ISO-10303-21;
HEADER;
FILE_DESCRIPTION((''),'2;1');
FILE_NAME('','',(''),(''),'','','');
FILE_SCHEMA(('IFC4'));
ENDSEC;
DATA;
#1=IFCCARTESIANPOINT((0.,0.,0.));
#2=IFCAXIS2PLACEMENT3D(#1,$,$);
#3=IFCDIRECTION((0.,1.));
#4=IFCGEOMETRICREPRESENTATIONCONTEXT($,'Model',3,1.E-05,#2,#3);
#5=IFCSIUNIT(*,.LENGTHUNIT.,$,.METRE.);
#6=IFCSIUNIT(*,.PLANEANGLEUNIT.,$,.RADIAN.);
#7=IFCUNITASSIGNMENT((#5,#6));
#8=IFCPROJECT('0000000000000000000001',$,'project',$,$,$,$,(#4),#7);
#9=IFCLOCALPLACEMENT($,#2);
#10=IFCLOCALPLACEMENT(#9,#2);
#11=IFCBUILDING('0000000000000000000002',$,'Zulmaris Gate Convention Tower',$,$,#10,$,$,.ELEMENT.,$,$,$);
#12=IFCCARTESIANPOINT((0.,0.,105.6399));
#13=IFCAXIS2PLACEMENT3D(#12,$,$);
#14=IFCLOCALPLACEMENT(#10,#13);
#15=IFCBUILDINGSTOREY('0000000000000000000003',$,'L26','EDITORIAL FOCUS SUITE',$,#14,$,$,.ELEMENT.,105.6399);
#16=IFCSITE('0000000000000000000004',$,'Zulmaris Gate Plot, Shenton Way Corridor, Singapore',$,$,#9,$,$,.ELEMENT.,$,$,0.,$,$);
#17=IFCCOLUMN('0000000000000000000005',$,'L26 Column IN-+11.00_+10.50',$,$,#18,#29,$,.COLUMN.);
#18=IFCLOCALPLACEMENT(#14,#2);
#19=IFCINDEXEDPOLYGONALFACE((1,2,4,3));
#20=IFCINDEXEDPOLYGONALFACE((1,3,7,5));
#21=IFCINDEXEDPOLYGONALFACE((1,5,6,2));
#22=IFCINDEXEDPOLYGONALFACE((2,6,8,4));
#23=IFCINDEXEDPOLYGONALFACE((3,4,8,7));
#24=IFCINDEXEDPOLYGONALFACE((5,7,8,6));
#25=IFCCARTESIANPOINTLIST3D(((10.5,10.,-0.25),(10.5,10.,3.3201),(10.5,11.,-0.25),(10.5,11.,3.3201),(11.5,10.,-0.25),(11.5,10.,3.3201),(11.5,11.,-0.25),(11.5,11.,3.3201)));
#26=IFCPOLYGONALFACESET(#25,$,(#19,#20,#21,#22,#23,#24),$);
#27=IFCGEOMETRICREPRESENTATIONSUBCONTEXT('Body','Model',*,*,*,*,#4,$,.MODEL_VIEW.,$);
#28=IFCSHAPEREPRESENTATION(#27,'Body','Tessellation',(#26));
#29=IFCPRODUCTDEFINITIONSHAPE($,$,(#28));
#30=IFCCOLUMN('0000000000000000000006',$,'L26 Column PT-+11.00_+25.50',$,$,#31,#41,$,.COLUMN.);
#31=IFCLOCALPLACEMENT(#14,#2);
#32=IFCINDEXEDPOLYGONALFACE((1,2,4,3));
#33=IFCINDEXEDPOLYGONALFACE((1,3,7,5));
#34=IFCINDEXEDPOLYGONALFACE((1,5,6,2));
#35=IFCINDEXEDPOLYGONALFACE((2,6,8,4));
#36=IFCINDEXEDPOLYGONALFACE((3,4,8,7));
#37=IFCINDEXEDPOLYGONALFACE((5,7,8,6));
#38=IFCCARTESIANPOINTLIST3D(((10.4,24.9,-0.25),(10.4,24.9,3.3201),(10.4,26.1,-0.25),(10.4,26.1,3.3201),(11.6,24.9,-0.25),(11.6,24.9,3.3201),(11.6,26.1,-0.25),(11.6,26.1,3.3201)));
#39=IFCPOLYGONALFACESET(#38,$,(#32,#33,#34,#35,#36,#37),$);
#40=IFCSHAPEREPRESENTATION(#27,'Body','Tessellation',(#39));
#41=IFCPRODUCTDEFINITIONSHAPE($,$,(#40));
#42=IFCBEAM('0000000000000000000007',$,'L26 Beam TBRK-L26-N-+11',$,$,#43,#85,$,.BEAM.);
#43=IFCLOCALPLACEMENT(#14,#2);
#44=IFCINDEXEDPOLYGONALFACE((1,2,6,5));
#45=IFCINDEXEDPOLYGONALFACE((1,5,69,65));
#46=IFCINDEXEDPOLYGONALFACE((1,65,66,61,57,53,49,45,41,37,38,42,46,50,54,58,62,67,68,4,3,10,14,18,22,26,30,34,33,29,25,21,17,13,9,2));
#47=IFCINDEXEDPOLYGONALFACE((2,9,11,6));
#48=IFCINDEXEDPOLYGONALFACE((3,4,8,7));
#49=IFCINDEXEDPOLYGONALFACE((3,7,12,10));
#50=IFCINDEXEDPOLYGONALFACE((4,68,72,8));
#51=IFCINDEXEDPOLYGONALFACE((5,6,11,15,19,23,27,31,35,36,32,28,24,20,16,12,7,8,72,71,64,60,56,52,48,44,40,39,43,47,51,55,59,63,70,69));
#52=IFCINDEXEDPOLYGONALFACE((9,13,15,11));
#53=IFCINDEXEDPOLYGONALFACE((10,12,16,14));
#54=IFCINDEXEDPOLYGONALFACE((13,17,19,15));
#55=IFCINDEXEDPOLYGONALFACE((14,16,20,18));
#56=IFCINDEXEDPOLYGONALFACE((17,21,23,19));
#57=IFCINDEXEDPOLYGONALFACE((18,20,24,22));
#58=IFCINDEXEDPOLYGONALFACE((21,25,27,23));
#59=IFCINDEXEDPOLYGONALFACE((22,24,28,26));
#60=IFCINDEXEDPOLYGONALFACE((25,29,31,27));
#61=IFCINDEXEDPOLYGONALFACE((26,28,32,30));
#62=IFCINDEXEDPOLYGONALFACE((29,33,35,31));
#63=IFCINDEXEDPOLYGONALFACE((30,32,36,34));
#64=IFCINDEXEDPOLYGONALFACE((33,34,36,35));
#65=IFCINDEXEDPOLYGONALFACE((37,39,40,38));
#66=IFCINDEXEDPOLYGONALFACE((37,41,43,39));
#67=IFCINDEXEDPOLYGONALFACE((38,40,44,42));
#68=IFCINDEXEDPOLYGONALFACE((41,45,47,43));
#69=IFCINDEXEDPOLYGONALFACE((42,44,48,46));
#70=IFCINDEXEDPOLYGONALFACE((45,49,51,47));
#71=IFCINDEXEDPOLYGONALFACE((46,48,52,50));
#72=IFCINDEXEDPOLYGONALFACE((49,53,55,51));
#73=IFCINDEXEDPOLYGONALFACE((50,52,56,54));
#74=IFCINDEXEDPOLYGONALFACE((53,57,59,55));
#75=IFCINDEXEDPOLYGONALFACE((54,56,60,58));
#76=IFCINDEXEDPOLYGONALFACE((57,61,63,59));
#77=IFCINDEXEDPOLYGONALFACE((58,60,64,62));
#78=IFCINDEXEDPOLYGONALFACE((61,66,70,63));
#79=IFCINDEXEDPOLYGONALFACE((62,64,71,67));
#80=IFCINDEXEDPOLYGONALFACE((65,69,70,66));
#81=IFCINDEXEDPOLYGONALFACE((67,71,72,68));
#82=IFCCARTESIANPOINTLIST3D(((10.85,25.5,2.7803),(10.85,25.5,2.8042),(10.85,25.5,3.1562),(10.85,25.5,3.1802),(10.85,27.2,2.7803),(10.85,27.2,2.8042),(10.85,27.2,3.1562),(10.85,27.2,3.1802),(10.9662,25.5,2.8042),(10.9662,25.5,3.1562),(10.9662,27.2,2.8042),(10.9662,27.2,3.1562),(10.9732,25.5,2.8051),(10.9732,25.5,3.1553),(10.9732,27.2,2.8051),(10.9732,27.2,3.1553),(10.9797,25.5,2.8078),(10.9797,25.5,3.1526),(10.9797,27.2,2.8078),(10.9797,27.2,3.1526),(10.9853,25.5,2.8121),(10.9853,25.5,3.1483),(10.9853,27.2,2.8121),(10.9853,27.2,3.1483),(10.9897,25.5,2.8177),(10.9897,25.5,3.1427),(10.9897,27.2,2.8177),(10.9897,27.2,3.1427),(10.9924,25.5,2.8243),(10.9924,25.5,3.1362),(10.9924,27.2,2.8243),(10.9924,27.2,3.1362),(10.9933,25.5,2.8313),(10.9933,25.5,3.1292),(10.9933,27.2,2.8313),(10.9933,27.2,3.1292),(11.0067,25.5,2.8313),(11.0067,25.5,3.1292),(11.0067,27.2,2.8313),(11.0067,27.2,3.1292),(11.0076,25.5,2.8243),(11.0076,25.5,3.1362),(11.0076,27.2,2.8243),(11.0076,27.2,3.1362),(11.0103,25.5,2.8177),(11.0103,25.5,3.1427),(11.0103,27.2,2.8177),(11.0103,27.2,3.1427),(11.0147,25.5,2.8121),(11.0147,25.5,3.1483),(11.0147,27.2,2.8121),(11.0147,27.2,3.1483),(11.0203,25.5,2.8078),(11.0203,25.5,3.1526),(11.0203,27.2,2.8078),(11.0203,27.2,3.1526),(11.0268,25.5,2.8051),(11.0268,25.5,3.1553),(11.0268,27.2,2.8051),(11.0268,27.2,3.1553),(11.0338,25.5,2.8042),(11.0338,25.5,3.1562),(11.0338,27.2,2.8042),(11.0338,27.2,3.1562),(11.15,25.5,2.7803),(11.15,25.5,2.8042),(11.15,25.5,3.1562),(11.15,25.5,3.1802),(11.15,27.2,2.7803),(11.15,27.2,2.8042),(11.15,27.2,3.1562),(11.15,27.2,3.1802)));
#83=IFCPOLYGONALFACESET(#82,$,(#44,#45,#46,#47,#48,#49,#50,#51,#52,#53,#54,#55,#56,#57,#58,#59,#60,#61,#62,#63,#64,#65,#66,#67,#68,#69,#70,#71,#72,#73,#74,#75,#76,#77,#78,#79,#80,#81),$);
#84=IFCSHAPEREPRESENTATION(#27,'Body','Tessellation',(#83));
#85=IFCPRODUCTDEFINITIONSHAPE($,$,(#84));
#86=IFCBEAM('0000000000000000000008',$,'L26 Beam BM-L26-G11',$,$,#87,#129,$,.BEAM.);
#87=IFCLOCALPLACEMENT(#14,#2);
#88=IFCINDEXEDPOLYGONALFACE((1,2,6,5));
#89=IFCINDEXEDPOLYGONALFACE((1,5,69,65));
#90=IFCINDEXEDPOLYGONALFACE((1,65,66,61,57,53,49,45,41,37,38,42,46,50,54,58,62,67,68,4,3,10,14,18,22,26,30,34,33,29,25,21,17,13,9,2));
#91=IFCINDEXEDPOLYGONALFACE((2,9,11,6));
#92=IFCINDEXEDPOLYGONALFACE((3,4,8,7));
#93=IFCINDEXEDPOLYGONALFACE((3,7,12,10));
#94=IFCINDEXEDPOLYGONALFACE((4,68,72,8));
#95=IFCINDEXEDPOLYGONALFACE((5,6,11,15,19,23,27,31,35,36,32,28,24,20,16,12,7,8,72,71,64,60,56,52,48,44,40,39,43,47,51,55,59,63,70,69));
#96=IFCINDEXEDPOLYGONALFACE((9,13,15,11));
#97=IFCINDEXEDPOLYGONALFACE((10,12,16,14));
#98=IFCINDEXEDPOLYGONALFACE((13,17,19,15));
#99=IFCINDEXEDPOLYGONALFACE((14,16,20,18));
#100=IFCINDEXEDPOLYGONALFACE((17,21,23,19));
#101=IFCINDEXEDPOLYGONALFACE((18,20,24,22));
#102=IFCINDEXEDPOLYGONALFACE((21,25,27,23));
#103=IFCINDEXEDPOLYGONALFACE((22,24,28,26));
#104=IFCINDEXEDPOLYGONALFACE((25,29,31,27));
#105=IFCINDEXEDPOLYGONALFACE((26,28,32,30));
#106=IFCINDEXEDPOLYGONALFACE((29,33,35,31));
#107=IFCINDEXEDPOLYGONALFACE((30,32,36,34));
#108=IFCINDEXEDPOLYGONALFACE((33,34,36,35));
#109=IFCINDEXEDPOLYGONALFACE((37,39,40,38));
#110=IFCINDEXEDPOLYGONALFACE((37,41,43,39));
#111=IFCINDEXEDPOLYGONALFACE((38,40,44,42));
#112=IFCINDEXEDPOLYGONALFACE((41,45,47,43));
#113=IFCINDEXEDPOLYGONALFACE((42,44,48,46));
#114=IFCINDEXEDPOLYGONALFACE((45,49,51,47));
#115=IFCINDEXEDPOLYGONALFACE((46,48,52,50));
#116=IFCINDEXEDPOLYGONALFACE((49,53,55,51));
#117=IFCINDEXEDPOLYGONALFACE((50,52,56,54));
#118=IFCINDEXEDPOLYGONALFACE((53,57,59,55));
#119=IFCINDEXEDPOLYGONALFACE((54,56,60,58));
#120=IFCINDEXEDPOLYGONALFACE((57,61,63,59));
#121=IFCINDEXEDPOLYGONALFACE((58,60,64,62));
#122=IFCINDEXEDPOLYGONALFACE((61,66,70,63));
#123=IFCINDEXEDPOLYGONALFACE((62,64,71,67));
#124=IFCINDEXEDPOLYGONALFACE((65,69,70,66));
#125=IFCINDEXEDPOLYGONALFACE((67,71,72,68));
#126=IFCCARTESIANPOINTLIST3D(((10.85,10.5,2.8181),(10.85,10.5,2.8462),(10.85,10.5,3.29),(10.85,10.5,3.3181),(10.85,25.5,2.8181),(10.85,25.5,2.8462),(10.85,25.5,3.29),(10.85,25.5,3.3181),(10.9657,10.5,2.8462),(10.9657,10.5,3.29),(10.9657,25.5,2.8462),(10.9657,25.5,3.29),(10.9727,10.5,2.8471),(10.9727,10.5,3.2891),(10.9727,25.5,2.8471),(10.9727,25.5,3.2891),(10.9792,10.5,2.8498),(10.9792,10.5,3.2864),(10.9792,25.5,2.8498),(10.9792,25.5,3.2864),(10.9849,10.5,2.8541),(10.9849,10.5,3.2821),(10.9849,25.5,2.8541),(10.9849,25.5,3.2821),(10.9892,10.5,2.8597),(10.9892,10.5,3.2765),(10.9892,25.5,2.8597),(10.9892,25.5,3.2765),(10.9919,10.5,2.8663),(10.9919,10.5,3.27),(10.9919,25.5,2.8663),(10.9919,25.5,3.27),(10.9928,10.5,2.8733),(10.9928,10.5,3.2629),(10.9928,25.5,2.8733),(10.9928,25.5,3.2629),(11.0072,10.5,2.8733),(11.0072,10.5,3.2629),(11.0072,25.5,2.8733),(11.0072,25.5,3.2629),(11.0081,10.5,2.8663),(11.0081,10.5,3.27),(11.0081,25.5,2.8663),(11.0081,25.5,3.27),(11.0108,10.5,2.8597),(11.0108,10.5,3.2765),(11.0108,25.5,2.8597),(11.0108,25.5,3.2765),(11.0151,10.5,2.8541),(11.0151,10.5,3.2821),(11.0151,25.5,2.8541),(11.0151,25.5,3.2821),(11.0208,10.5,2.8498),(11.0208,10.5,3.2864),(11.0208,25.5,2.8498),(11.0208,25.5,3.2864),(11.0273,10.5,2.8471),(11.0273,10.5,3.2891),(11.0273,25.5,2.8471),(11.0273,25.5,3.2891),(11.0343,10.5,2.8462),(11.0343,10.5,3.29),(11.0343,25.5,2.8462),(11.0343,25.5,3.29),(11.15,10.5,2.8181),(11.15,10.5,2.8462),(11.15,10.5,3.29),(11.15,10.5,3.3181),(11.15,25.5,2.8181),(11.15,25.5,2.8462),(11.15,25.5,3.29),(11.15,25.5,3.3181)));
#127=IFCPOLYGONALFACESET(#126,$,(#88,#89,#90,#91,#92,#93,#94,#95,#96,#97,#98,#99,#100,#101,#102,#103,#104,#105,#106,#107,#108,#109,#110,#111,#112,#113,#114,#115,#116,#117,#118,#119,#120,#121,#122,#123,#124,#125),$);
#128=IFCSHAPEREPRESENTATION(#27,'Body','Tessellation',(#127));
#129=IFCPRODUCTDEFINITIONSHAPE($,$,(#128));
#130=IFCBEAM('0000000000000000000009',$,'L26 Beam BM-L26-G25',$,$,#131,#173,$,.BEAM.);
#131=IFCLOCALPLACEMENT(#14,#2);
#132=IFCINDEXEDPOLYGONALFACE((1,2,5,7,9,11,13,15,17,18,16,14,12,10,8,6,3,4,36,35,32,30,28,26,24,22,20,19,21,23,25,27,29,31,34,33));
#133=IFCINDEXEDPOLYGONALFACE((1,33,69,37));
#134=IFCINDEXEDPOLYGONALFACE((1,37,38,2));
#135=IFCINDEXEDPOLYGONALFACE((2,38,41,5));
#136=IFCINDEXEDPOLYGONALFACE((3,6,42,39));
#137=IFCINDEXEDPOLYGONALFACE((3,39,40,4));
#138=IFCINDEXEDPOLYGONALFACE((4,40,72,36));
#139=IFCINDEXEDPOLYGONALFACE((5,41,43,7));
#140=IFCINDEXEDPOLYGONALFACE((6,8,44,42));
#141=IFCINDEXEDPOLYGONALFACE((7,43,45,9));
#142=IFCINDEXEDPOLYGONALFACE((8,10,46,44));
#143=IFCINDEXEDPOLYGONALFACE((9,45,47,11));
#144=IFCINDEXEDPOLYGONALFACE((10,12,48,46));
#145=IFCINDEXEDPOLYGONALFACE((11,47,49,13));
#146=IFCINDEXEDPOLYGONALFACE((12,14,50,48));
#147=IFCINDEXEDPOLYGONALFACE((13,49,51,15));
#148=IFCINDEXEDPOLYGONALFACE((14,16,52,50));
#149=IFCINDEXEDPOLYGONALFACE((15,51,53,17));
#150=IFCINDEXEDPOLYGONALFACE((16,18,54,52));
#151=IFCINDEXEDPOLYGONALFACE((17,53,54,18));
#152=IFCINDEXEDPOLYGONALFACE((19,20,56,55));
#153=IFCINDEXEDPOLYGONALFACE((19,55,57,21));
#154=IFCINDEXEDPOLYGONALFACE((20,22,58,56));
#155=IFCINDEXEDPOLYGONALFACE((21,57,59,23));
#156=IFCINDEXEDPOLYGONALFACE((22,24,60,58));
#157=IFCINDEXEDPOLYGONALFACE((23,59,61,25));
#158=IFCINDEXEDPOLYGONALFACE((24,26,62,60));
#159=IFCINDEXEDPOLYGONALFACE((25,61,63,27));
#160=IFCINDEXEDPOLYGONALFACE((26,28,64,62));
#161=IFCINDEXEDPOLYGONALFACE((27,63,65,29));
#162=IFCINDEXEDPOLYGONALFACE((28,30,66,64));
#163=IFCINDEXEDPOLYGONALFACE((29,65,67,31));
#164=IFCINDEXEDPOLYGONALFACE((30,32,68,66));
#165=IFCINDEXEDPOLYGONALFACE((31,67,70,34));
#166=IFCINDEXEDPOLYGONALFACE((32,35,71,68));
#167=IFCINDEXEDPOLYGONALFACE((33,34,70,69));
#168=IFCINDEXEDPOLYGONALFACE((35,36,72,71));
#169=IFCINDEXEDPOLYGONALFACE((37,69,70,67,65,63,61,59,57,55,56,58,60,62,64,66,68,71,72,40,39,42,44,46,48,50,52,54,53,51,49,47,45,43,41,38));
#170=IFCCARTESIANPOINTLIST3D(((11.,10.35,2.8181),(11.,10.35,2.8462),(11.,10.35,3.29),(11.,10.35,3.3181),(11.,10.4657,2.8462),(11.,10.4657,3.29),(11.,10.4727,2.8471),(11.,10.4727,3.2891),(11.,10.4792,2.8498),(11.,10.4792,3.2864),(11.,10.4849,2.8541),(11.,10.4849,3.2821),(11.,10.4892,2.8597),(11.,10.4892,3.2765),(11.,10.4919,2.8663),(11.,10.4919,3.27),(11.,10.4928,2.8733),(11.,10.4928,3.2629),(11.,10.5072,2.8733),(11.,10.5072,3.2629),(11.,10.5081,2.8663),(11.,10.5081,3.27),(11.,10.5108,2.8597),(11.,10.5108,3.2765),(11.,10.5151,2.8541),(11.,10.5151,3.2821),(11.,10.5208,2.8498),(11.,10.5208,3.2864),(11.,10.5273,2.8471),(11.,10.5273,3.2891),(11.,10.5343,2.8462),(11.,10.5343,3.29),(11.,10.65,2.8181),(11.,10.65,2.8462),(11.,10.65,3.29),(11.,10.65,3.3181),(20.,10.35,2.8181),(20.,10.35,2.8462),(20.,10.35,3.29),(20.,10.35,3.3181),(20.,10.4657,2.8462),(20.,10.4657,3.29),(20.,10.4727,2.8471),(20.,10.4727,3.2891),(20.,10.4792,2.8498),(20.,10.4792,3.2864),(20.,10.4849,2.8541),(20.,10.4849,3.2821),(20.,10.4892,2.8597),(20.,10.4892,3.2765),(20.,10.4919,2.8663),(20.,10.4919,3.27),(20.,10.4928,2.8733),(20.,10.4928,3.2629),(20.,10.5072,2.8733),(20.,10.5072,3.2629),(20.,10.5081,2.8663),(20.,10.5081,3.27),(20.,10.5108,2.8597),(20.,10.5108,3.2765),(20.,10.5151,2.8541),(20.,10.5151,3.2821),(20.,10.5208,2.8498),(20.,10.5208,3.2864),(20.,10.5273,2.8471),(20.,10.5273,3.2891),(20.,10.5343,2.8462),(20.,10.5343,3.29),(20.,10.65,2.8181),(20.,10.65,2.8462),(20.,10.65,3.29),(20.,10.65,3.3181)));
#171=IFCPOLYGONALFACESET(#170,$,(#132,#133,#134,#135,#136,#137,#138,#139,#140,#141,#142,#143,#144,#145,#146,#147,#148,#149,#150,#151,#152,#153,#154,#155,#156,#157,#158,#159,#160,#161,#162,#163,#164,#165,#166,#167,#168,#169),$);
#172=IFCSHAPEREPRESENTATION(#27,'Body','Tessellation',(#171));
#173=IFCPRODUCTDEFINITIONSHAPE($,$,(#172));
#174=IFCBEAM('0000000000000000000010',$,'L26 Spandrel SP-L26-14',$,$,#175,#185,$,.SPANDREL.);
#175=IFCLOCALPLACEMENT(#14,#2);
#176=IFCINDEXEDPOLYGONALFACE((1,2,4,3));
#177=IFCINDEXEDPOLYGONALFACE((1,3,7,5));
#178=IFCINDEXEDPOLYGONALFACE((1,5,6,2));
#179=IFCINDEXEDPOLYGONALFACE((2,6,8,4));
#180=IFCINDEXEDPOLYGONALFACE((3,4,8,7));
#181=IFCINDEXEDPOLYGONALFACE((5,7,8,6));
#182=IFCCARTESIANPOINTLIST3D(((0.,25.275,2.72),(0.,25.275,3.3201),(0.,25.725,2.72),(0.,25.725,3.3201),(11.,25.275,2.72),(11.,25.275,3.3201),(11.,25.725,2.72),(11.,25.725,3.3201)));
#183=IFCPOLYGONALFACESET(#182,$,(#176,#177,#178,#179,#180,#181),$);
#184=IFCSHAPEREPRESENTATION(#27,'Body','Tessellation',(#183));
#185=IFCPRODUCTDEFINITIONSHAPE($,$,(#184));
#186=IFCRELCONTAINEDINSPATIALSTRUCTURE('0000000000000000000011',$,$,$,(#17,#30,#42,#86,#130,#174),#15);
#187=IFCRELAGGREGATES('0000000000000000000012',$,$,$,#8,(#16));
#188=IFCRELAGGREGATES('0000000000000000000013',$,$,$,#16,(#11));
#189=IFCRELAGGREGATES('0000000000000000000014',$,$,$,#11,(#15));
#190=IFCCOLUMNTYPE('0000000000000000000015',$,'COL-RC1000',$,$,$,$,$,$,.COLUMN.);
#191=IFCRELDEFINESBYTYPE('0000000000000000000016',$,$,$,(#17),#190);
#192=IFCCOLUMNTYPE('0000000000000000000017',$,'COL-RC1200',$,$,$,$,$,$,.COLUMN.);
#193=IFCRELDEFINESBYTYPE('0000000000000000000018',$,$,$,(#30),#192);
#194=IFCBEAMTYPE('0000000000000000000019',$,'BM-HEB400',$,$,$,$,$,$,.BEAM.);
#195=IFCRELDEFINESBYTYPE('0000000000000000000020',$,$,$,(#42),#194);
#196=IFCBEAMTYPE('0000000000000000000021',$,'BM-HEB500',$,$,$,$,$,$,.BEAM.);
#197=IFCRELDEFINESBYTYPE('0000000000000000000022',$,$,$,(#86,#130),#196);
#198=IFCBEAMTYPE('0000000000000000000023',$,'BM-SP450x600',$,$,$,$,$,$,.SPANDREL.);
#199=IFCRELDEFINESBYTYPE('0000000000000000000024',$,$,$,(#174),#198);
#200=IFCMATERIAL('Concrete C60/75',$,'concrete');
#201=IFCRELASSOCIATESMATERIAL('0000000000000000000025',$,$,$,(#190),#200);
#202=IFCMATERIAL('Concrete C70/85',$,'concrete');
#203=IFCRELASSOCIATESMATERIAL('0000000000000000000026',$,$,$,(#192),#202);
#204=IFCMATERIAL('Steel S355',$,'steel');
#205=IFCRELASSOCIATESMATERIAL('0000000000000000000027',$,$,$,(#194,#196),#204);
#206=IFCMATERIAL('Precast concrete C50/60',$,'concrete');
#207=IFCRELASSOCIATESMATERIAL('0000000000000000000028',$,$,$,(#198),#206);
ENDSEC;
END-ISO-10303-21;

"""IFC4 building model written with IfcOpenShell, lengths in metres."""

from ifc_helpers import new_model, si_unit, direction, frame, origin, origin_2d, place, context, subcontext, project, spatial, rectangle, i_section, extrude, material, material_profile, profile_set, type_object, element, save


model = new_model("IFC4")

# Units and contexts
model_context = context("Model", 3, precision=1e-05, world=origin(), true_north=direction((0.0, 1.0)))
body_context = subcontext(model_context, "Body", "Model", "MODEL_VIEW")
ifc_project = project(units=[si_unit("LENGTHUNIT", "METRE"), si_unit("PLANEANGLEUNIT", "RADIAN")], contexts=[model_context])

# Site, building, storey
site_placement = place(None, origin())
site = spatial("IfcSite", under=ifc_project, at=site_placement, Name="Zulmaris Gate Plot, Shenton Way Corridor, Singapore", CompositionType="ELEMENT", RefElevation=0.0)
building_placement = place(site_placement, origin())
building = spatial("IfcBuilding", under=site, at=building_placement, Name="Zulmaris Gate Convention Tower", CompositionType="ELEMENT")
storey_placement = place(building_placement, frame((0.0, 0.0, 105.6399)))
storey = spatial("IfcBuildingStorey", under=building, at=storey_placement, Name="L26", Description="EDITORIAL FOCUS SUITE", CompositionType="ELEMENT", Elevation=105.6399)

# Columns
ifc_material_1 = material(Name="Concrete C60/75", Category="concrete")
ifc_material_profile_1 = material_profile(ifc_material_1, rectangle(XDim=1.0, YDim=1.0, at=origin_2d()), Name="RC COL 1000x1000")
ifc_profile_set_1 = profile_set([ifc_material_profile_1], Name="Concrete C60/75")
column_type_1 = type_object("IfcColumnType", Name="COL-RC1000", PredefinedType="COLUMN", material=ifc_profile_set_1)
column_1_placement = place(storey_placement, frame((11.0, 10.5, -0.25), z_axis=(0.0, 0.0, 1.0), x_axis=(1.0, 0.0, 0.0)))
element("IfcColumn", 1, at=column_1_placement, inside=storey, type_object=column_type_1, Name="L26 Column IN-+11.00_+10.50", PredefinedType="COLUMN", context=body_context, shape_type="SweptSolid", body=[
    extrude(rectangle(XDim=1.0, YDim=1.0, at=origin_2d()), origin(), (0.0, 0.0, 1.0), 3.5701),
])
ifc_material_2 = material(Name="Concrete C70/85", Category="concrete")
ifc_material_profile_2 = material_profile(ifc_material_2, rectangle(XDim=1.2, YDim=1.2, at=origin_2d()), Name="RC COL 1200x1200")
ifc_profile_set_2 = profile_set([ifc_material_profile_2], Name="Concrete C70/85")
column_type_2 = type_object("IfcColumnType", Name="COL-RC1200", PredefinedType="COLUMN", material=ifc_profile_set_2)
column_2_placement = place(storey_placement, frame((11.0, 25.5, -0.25), z_axis=(0.0, 0.0, 1.0), x_axis=(1.0, 0.0, 0.0)))
element("IfcColumn", 2, at=column_2_placement, inside=storey, type_object=column_type_2, Name="L26 Column PT-+11.00_+25.50", PredefinedType="COLUMN", context=body_context, shape_type="SweptSolid", body=[
    extrude(rectangle(XDim=1.2, YDim=1.2, at=origin_2d()), origin(), (0.0, 0.0, 1.0), 3.5701),
])

# Beams
ifc_material_3 = material(Name="Steel S355", Category="steel")
ifc_material_profile_3 = material_profile(ifc_material_3, i_section(OverallWidth=0.3, OverallDepth=0.3999, WebThickness=0.0134, FlangeThickness=0.0239, FilletRadius=0.0271, at=origin_2d()), Name="HEB 400")
ifc_profile_set_3 = profile_set([ifc_material_profile_3], Name="Steel S355")
beam_type_1 = type_object("IfcBeamType", Name="BM-HEB400", PredefinedType="BEAM", material=ifc_profile_set_3)
beam_1_placement = place(storey_placement, frame((11.0, 25.5, 2.9802), z_axis=(0.0, 1.0, 0.0), x_axis=(-1.0, 0.0, 0.0)))
element("IfcBeam", 3, at=beam_1_placement, inside=storey, type_object=beam_type_1, Name="L26 Beam TBRK-L26-N-+11", PredefinedType="BEAM", context=body_context, shape_type="SweptSolid", body=[
    extrude(i_section(OverallWidth=0.3, OverallDepth=0.3999, WebThickness=0.0134, FlangeThickness=0.0239, FilletRadius=0.0271, at=origin_2d()), origin(), (0.0, 0.0, 1.0), 1.7),
])
ifc_material_profile_4 = material_profile(ifc_material_3, i_section(OverallWidth=0.3, OverallDepth=0.5, WebThickness=0.0144, FlangeThickness=0.0281, FilletRadius=0.0271, at=origin_2d()), Name="HEB 500")
ifc_profile_set_4 = profile_set([ifc_material_profile_4], Name="Steel S355")
beam_type_2 = type_object("IfcBeamType", Name="BM-HEB500", PredefinedType="BEAM", material=ifc_profile_set_4)
beam_2_placement = place(storey_placement, frame((11.0, 10.5, 3.0681), z_axis=(0.0, 1.0, 0.0), x_axis=(-1.0, 0.0, 0.0)))
element("IfcBeam", 4, at=beam_2_placement, inside=storey, type_object=beam_type_2, Name="L26 Beam BM-L26-G11", PredefinedType="BEAM", context=body_context, shape_type="SweptSolid", body=[
    extrude(i_section(OverallWidth=0.3, OverallDepth=0.5, WebThickness=0.0144, FlangeThickness=0.0281, FilletRadius=0.0271, at=origin_2d()), origin(), (0.0, 0.0, 1.0), 15.0),
])
beam_3_placement = place(storey_placement, frame((11.0, 10.5, 3.0681), z_axis=(1.0, 0.0, 0.0), x_axis=(0.0, 1.0, 0.0)))
element("IfcBeam", 5, at=beam_3_placement, inside=storey, type_object=beam_type_2, Name="L26 Beam BM-L26-G25", PredefinedType="BEAM", context=body_context, shape_type="SweptSolid", body=[
    extrude(i_section(OverallWidth=0.3, OverallDepth=0.5, WebThickness=0.0144, FlangeThickness=0.0281, FilletRadius=0.0271, at=origin_2d()), origin(), (0.0, 0.0, 1.0), 9.0),
])
ifc_material_4 = material(Name="Precast concrete C50/60", Category="concrete")
ifc_material_profile_5 = material_profile(ifc_material_4, rectangle(XDim=0.45, YDim=0.6001, at=origin_2d()), Name="RC SPANDREL 450x600")
ifc_profile_set_5 = profile_set([ifc_material_profile_5], Name="Precast concrete C50/60")
beam_type_3 = type_object("IfcBeamType", Name="BM-SP450x600", PredefinedType="SPANDREL", material=ifc_profile_set_5)
beam_4_placement = place(storey_placement, frame((11.0, 25.5, 3.02), z_axis=(-1.0, 0.0, 0.0), x_axis=(0.0, -1.0, 0.0)))
element("IfcBeam", 6, at=beam_4_placement, inside=storey, type_object=beam_type_3, Name="L26 Spandrel SP-L26-14", PredefinedType="SPANDREL", context=body_context, shape_type="SweptSolid", body=[
    extrude(rectangle(XDim=0.45, YDim=0.6001, at=origin_2d()), origin(), (0.0, 0.0, 1.0), 11.0),
])

save(model, "model.ifc")
